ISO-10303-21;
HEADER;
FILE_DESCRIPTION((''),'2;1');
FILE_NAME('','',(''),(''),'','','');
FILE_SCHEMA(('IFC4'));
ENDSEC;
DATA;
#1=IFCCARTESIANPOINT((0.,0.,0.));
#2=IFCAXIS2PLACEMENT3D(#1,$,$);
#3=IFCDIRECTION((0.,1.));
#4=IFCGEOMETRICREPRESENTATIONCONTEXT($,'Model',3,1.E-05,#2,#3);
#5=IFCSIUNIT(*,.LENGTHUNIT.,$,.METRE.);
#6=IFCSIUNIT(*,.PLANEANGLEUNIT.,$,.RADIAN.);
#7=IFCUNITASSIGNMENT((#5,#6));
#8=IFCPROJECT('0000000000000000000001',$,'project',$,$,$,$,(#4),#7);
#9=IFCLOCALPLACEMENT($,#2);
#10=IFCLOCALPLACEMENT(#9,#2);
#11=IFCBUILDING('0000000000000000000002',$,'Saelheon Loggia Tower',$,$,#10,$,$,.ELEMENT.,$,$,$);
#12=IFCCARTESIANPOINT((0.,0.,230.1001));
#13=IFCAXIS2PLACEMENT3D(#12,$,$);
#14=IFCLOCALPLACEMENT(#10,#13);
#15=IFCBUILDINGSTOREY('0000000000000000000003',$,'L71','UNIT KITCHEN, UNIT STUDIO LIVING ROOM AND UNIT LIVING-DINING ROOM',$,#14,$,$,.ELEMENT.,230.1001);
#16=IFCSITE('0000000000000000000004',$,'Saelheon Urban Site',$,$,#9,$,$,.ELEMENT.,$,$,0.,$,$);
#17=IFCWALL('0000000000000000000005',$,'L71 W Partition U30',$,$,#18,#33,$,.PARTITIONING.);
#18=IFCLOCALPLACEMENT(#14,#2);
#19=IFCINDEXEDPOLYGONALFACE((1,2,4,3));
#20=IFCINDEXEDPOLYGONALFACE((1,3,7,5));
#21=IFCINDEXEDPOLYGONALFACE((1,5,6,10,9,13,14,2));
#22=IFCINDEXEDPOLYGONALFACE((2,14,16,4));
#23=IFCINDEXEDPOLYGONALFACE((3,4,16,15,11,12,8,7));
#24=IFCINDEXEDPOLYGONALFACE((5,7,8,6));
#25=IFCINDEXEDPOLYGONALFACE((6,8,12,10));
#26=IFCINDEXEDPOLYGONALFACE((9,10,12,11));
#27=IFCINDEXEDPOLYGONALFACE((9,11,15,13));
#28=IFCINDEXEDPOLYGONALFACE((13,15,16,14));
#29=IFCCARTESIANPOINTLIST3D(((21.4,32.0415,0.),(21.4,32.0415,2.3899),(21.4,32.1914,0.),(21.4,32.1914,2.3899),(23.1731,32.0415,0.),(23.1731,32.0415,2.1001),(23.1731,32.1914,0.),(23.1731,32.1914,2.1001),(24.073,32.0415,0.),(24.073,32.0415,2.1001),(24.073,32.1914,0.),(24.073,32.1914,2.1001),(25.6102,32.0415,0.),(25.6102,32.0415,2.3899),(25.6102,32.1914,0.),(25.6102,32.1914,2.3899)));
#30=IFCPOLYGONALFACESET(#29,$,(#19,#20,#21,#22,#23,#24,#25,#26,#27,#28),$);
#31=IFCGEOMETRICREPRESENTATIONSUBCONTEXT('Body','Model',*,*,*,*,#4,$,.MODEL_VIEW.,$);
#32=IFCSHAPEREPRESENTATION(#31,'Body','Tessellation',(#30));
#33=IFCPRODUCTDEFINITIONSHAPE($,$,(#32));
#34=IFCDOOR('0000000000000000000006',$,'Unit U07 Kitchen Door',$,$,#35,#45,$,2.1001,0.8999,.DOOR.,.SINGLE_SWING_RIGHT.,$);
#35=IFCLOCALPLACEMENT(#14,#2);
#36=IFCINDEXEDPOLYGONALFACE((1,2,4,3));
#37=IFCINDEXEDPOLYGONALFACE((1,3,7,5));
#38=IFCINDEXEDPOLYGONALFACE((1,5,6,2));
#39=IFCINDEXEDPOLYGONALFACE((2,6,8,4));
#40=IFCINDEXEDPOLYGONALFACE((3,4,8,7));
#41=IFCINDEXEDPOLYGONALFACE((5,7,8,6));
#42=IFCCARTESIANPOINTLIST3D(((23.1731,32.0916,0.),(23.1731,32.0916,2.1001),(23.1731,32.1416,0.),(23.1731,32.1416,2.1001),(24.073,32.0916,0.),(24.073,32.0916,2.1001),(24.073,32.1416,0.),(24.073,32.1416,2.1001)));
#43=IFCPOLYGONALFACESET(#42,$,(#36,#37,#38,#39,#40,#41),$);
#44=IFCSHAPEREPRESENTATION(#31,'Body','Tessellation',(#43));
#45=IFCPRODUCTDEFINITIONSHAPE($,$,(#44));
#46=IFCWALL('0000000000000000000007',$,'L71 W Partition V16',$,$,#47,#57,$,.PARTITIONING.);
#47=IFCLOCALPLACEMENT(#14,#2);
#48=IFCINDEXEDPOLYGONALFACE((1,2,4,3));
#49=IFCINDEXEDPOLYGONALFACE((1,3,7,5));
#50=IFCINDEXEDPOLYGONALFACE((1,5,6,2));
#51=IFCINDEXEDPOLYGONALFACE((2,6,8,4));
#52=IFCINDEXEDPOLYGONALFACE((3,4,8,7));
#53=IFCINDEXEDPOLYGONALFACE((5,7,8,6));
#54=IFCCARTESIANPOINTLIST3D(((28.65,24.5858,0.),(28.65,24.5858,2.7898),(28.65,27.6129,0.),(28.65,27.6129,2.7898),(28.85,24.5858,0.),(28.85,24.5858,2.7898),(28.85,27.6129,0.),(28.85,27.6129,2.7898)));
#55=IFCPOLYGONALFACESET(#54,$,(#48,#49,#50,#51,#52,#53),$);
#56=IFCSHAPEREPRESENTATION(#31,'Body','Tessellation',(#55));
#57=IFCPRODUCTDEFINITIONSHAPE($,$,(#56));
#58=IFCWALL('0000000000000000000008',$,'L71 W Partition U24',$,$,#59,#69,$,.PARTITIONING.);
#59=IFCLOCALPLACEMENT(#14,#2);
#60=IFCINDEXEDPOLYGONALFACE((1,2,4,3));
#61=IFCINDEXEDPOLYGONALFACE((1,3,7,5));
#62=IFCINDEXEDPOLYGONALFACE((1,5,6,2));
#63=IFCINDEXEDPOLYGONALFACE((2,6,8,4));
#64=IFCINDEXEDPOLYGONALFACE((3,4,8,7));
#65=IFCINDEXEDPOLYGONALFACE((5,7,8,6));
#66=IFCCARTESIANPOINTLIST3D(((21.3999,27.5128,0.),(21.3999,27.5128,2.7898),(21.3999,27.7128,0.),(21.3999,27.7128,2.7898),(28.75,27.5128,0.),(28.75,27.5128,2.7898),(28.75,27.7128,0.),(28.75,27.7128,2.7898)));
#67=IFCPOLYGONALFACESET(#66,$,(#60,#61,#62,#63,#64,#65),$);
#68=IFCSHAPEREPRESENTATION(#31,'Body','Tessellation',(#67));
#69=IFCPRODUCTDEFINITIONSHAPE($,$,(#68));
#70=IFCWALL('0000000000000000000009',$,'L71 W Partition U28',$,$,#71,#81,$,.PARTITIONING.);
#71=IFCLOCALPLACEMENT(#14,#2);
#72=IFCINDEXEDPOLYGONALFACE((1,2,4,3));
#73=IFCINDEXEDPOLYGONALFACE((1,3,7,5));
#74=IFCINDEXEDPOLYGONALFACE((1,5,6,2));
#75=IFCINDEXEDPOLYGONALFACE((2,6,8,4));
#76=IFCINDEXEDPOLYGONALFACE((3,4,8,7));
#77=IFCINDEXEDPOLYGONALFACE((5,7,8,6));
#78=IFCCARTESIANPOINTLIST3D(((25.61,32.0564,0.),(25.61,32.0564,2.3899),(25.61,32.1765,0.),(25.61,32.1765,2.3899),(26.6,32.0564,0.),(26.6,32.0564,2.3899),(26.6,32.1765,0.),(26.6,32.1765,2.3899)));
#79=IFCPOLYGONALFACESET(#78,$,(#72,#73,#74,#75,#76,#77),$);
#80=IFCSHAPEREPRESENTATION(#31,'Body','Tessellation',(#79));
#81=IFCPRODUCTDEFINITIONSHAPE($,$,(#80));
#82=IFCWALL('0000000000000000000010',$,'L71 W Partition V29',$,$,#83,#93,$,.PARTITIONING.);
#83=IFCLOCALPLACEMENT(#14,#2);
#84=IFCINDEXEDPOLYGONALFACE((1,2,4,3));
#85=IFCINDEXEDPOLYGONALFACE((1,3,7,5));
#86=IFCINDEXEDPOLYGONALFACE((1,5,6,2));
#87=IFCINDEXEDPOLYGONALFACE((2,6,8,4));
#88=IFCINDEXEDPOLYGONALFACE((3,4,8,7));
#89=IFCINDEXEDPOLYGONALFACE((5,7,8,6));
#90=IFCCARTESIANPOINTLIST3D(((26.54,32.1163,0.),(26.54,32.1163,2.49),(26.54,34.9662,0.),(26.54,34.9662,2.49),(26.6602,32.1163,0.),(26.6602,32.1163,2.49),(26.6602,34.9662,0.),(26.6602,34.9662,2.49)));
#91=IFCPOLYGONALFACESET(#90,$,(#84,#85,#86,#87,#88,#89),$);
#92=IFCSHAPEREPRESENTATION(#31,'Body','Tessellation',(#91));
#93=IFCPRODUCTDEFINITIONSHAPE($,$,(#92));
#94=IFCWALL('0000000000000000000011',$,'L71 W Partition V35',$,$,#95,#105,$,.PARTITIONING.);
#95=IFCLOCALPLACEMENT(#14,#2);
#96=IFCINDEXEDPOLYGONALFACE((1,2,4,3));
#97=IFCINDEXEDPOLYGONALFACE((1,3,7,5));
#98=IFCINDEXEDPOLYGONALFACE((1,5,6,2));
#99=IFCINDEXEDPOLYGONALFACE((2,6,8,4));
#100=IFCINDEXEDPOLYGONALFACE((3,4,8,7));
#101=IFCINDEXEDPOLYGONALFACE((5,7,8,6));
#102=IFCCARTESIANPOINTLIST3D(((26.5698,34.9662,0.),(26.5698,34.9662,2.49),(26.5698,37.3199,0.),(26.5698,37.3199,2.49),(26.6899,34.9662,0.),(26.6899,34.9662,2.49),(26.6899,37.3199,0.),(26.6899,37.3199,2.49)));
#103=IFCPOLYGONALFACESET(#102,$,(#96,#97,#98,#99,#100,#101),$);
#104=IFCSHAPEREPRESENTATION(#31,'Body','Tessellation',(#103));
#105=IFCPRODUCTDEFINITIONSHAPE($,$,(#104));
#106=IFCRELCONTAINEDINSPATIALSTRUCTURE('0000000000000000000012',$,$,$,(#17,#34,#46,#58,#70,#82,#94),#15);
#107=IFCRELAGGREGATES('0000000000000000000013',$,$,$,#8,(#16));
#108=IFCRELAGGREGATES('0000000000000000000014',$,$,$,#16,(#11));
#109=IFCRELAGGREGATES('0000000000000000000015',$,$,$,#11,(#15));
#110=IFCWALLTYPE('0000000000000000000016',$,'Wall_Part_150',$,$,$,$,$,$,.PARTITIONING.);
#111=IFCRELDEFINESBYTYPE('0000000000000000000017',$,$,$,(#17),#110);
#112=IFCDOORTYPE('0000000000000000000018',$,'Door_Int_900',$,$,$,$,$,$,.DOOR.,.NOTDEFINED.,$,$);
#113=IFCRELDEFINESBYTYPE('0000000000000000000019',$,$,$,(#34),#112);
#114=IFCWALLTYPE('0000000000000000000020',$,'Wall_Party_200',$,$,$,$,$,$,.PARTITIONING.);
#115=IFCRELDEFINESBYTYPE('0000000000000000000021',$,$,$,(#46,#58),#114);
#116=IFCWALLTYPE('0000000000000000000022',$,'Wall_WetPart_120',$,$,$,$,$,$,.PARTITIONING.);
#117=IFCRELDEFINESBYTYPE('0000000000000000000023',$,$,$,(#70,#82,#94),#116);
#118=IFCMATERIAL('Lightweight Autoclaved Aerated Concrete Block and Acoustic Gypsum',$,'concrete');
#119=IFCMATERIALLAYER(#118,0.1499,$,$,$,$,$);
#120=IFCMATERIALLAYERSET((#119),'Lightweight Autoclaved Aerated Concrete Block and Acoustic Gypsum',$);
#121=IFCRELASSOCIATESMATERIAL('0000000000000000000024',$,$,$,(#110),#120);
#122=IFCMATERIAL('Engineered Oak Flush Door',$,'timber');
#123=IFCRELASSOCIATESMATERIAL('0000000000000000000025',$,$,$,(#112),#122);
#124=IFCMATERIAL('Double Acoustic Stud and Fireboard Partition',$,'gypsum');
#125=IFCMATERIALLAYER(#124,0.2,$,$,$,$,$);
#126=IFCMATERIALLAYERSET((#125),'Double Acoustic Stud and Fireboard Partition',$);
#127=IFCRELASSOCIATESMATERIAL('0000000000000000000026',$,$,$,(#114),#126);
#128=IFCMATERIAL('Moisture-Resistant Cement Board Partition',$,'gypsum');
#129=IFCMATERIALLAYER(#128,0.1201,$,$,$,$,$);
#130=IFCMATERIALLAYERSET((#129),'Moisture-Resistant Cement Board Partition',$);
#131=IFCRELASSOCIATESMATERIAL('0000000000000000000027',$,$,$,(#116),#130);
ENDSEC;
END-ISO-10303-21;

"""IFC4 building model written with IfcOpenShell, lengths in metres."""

from ifc_helpers import new_model, si_unit, direction, frame, frame_2d, origin, place, context, subcontext, project, spatial, rectangle, extrude, source, transform, mapped, material, layer, layer_set, type_object, element, fill, save


model = new_model("IFC4")

# Units and contexts
model_context = context("Model", 3, precision=1e-05, world=origin(), true_north=direction((0.0, 1.0)))
body_context = subcontext(model_context, "Body", "Model", "MODEL_VIEW")
ifc_project = project(units=[si_unit("LENGTHUNIT", "METRE"), si_unit("PLANEANGLEUNIT", "RADIAN")], contexts=[model_context])

# Site, building, storey
site_placement = place(None, origin())
site = spatial("IfcSite", under=ifc_project, at=site_placement, Name="Saelheon Urban Site", CompositionType="ELEMENT", RefElevation=0.0)
building_placement = place(site_placement, origin())
building = spatial("IfcBuilding", under=site, at=building_placement, Name="Saelheon Loggia Tower", CompositionType="ELEMENT")
storey_placement = place(building_placement, frame((0.0, 0.0, 230.1001)))
storey = spatial("IfcBuildingStorey", under=building, at=storey_placement, Name="L71", Description="UNIT KITCHEN, UNIT STUDIO LIVING ROOM AND UNIT LIVING-DINING ROOM", CompositionType="ELEMENT", Elevation=230.1001)

# Shared definitions
ifc_material_1 = material(Name="Lightweight Autoclaved Aerated Concrete Block and Acoustic Gypsum", Category="concrete")
ifc_layer_1 = layer(ifc_material_1, 0.1499)
ifc_layer_set_1 = layer_set([ifc_layer_1], Name="Lightweight Autoclaved Aerated Concrete Block and Acoustic Gypsum")
wall_type_1 = type_object("IfcWallType", Name="Wall_Part_150", PredefinedType="PARTITIONING", material=ifc_layer_set_1)

# Wall, opening, door
ifc_material_2 = material(Name="Engineered Oak Flush Door", Category="timber")
door_type_1 = type_object("IfcDoorType", Name="Door_Int_900", OperationType="NOTDEFINED", PredefinedType="DOOR", material=ifc_material_2)
shared_shape_1 = source(origin(), body_context, "Body", "SweptSolid", [
    extrude(rectangle(XDim=0.8999, YDim=2.1001, at=frame_2d((0.45, 1.05))), frame((0.0, 0.0249, 0.0), z_axis=(0.0, -1.0, 0.0), x_axis=(1.0, 0.0, 0.0)), (0.0, 0.0, 1.0), 0.05),
])
wall_1_placement = place(storey_placement, frame((25.6101, 32.1165, 0.0), z_axis=(0.0, 0.0, 1.0), x_axis=(-1.0, 0.0, 0.0)))
wall_1 = element("IfcWall", 1, at=wall_1_placement, inside=storey, type_object=wall_type_1, Name="L71 W Partition U30", PredefinedType="PARTITIONING", context=body_context, shape_type="SweptSolid", body=[
    extrude(rectangle(XDim=4.2102, YDim=0.1499, at=frame_2d((2.105, 0.0))), origin(), (0.0, 0.0, 1.0), 2.3899),
])
opening_1_placement = place(wall_1_placement, frame((1.5371, 0.0, 0.0)))
opening_1 = element("IfcOpeningElement", 2, at=opening_1_placement, cuts=wall_1, PredefinedType="OPENING", context=body_context, shape_type="SweptSolid", body=[
    extrude(rectangle(XDim=0.8999, YDim=2.1001, at=frame_2d((0.45, 1.05))), frame((0.0, 0.0869, 0.0), z_axis=(0.0, -1.0, 0.0), x_axis=(1.0, 0.0, 0.0)), (0.0, 0.0, 1.0), 0.1738),
])
door_1_placement = place(opening_1_placement, origin())
door_1 = element("IfcDoor", 3, at=door_1_placement, inside=storey, type_object=door_type_1, Name="Unit U07 Kitchen Door", OperationType="SINGLE_SWING_RIGHT", OverallHeight=2.1001, OverallWidth=0.8999, PredefinedType="DOOR", context=body_context, shape_type="MappedRepresentation", body=[
    mapped(shared_shape_1, transform((0.0, 0.0, 0.0), scale=1.0)),
])
fill(opening_1, door_1)

# Walls
ifc_material_3 = material(Name="Double Acoustic Stud and Fireboard Partition", Category="gypsum")
ifc_layer_2 = layer(ifc_material_3, 0.2)
ifc_layer_set_2 = layer_set([ifc_layer_2], Name="Double Acoustic Stud and Fireboard Partition")
wall_type_2 = type_object("IfcWallType", Name="Wall_Party_200", PredefinedType="PARTITIONING", material=ifc_layer_set_2)
wall_2_placement = place(storey_placement, frame((28.75, 24.5857, 0.0), z_axis=(0.0, 0.0, 1.0), x_axis=(0.0, 1.0, 0.0)))
element("IfcWall", 4, at=wall_2_placement, inside=storey, type_object=wall_type_2, Name="L71 W Partition V16", PredefinedType="PARTITIONING", context=body_context, shape_type="SweptSolid", body=[
    extrude(rectangle(XDim=3.0271, YDim=0.2, at=frame_2d((1.5137, 0.0))), origin(), (0.0, 0.0, 1.0), 2.7898),
])
wall_3_placement = place(storey_placement, frame((28.75, 27.6128, 0.0), z_axis=(0.0, 0.0, 1.0), x_axis=(-1.0, 0.0, 0.0)))
element("IfcWall", 5, at=wall_3_placement, inside=storey, type_object=wall_type_2, Name="L71 W Partition U24", PredefinedType="PARTITIONING", context=body_context, shape_type="SweptSolid", body=[
    extrude(rectangle(XDim=7.3501, YDim=0.2, at=frame_2d((3.675, 0.0))), origin(), (0.0, 0.0, 1.0), 2.7898),
])

# Walls
ifc_material_4 = material(Name="Moisture-Resistant Cement Board Partition", Category="gypsum")
ifc_layer_3 = layer(ifc_material_4, 0.1201)
ifc_layer_set_3 = layer_set([ifc_layer_3], Name="Moisture-Resistant Cement Board Partition")
wall_type_3 = type_object("IfcWallType", Name="Wall_WetPart_120", PredefinedType="PARTITIONING", material=ifc_layer_set_3)
wall_4_placement = place(storey_placement, frame((26.6001, 32.1165, 0.0), z_axis=(0.0, 0.0, 1.0), x_axis=(-1.0, 0.0, 0.0)))
element("IfcWall", 6, at=wall_4_placement, inside=storey, type_object=wall_type_3, Name="L71 W Partition U28", PredefinedType="PARTITIONING", context=body_context, shape_type="SweptSolid", body=[
    extrude(rectangle(XDim=0.99, YDim=0.1201, at=frame_2d((0.4951, 0.0))), origin(), (0.0, 0.0, 1.0), 2.3899),
])
wall_5_placement = place(storey_placement, frame((26.6001, 32.1165, 0.0), z_axis=(0.0, 0.0, 1.0), x_axis=(0.0, 1.0, 0.0)))
element("IfcWall", 7, at=wall_5_placement, inside=storey, type_object=wall_type_3, Name="L71 W Partition V29", PredefinedType="PARTITIONING", context=body_context, shape_type="SweptSolid", body=[
    extrude(rectangle(XDim=2.8499, YDim=0.1201, at=frame_2d((1.4248, 0.0))), origin(), (0.0, 0.0, 1.0), 2.49),
])
wall_6_placement = place(storey_placement, frame((26.6299, 34.9663, 0.0), z_axis=(0.0, 0.0, 1.0), x_axis=(0.0, 1.0, 0.0)))
element("IfcWall", 8, at=wall_6_placement, inside=storey, type_object=wall_type_3, Name="L71 W Partition V35", PredefinedType="PARTITIONING", context=body_context, shape_type="SweptSolid", body=[
    extrude(rectangle(XDim=2.3538, YDim=0.1201, at=frame_2d((1.1768, 0.0))), origin(), (0.0, 0.0, 1.0), 2.49),
])

save(model, "model.ifc")
